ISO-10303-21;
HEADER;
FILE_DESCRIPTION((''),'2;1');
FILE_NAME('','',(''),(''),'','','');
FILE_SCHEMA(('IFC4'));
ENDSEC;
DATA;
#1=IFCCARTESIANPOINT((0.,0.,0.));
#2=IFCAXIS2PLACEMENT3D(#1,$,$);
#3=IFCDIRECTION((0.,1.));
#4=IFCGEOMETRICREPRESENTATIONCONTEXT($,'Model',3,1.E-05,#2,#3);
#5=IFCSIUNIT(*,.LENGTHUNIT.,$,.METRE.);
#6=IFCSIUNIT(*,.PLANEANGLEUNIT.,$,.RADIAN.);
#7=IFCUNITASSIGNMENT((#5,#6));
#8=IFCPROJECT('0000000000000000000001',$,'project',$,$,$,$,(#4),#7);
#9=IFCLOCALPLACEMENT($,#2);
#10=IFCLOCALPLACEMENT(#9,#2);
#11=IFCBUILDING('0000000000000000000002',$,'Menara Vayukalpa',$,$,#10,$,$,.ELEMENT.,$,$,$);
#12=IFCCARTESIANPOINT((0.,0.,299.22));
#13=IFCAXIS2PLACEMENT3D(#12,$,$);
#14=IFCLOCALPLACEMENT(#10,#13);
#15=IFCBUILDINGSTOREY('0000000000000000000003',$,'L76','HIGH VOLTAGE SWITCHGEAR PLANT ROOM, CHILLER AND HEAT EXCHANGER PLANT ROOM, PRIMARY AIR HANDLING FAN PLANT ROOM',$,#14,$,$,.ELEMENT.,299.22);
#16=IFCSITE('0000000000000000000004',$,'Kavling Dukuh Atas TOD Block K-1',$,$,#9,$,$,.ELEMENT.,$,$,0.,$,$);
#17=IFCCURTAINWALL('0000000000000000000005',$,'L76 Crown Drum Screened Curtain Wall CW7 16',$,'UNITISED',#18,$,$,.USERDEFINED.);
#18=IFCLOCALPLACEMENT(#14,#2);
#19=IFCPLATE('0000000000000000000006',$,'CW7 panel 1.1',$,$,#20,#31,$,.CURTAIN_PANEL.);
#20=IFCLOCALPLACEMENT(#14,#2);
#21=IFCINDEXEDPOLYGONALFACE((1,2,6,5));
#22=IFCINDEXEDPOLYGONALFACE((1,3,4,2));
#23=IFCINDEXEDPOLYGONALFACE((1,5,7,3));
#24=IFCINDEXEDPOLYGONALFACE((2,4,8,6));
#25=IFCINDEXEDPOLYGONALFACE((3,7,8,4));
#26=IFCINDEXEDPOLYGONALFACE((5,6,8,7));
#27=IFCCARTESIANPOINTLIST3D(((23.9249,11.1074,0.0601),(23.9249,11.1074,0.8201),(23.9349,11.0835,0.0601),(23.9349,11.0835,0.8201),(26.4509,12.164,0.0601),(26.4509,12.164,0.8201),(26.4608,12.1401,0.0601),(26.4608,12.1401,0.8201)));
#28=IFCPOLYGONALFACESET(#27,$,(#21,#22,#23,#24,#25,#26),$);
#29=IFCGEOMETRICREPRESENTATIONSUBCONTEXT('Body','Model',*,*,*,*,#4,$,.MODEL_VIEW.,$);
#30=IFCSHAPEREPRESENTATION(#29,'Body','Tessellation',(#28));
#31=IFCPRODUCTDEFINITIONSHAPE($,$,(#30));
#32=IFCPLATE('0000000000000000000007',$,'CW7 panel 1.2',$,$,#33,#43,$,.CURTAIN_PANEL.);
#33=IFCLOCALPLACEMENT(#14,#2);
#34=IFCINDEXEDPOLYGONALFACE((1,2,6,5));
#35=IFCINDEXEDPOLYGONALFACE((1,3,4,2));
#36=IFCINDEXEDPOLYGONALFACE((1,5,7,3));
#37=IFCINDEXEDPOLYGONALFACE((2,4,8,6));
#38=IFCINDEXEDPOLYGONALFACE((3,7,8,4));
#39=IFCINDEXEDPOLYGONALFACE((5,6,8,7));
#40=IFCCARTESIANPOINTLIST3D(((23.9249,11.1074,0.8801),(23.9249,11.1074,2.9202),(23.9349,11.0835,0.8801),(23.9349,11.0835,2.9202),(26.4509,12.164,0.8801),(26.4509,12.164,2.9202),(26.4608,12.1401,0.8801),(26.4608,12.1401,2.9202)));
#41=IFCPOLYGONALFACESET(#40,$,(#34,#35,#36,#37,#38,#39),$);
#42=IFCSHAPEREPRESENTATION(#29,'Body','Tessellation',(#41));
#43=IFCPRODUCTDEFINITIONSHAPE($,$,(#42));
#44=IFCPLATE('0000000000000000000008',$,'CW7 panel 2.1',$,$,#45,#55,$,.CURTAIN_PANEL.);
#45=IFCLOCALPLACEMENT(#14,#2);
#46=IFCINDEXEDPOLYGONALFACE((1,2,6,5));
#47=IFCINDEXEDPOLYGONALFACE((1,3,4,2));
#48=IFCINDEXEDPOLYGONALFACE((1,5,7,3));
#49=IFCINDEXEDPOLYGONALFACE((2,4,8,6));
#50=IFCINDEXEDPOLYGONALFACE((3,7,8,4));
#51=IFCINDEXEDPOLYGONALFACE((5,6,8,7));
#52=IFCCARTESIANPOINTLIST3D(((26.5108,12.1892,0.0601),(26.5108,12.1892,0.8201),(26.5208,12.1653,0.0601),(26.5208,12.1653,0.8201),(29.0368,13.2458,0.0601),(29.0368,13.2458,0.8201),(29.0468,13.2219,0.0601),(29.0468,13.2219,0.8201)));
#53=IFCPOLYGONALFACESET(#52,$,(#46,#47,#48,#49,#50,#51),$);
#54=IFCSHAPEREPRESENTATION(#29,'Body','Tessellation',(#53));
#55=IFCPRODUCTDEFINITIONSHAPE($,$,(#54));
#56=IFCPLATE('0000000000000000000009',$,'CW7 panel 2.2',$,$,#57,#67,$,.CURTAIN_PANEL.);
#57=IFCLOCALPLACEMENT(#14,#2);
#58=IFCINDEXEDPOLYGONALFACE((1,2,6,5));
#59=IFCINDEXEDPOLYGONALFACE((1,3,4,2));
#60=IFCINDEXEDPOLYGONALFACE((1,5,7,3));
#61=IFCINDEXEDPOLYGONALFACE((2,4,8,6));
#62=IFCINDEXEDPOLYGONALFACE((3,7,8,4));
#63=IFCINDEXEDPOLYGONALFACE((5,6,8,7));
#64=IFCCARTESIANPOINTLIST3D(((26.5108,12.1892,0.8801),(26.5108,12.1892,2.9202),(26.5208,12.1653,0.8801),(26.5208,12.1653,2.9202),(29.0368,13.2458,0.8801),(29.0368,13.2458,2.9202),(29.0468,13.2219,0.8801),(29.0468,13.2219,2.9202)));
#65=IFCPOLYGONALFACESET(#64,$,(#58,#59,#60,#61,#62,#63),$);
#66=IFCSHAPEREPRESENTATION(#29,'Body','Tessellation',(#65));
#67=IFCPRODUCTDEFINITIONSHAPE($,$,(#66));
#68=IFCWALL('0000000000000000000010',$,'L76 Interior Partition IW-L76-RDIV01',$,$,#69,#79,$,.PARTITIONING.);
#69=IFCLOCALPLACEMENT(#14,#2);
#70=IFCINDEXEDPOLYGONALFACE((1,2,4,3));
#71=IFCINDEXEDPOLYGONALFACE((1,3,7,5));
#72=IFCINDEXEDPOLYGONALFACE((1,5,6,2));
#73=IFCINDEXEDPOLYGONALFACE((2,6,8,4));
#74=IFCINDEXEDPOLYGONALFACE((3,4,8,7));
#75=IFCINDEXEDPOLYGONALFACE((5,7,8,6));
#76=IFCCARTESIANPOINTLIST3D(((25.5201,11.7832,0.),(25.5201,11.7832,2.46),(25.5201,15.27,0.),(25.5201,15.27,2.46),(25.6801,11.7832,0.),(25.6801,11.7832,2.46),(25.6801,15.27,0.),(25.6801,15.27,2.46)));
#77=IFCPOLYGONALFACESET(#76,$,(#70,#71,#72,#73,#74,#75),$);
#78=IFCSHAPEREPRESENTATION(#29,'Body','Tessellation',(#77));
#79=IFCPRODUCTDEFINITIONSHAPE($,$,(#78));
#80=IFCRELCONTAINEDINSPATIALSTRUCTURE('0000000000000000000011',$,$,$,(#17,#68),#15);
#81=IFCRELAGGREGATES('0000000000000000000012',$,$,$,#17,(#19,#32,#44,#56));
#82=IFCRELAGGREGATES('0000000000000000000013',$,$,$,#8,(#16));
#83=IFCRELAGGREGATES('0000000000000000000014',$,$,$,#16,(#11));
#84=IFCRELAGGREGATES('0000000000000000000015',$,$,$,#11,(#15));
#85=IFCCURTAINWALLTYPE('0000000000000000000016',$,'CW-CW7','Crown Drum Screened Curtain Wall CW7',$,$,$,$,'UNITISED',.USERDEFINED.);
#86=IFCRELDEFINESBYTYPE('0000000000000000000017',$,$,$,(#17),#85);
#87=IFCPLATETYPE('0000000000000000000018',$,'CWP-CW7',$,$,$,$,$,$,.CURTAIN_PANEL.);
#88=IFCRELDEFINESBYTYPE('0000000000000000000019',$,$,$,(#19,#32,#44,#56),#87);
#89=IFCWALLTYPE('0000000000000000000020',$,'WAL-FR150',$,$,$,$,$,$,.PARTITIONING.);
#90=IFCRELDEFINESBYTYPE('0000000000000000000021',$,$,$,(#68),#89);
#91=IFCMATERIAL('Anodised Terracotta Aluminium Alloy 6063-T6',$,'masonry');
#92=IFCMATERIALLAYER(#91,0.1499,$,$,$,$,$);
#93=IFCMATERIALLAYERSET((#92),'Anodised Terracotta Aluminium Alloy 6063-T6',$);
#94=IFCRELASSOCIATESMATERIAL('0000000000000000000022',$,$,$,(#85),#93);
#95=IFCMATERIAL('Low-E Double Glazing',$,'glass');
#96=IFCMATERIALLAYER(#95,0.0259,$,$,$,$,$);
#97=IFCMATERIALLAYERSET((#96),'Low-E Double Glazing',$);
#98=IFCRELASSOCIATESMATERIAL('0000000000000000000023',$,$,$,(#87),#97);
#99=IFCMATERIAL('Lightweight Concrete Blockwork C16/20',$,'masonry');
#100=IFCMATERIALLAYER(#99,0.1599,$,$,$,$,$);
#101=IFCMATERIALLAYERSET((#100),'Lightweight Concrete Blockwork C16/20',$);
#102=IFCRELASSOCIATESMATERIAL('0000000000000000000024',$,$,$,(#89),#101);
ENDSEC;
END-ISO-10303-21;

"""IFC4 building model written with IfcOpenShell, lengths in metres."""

from ifc_helpers import new_model, si_unit, direction, frame, frame_2d, origin, origin_2d, place, context, subcontext, project, spatial, rectangle, extrude, material, layer, layer_set, type_object, element, aggregate, save


model = new_model("IFC4")

# Units and contexts
model_context = context("Model", 3, precision=1e-05, world=origin(), true_north=direction((0.0, 1.0)))
body_context = subcontext(model_context, "Body", "Model", "MODEL_VIEW")
ifc_project = project(units=[si_unit("LENGTHUNIT", "METRE"), si_unit("PLANEANGLEUNIT", "RADIAN")], contexts=[model_context])

# Site, building, storey
site_placement = place(None, origin())
site = spatial("IfcSite", under=ifc_project, at=site_placement, Name="Kavling Dukuh Atas TOD Block K-1", CompositionType="ELEMENT", RefElevation=0.0)
building_placement = place(site_placement, origin())
building = spatial("IfcBuilding", under=site, at=building_placement, Name="Menara Vayukalpa", CompositionType="ELEMENT")
storey_placement = place(building_placement, frame((0.0, 0.0, 299.22)))
storey = spatial("IfcBuildingStorey", under=building, at=storey_placement, Name="L76", Description="HIGH VOLTAGE SWITCHGEAR PLANT ROOM, CHILLER AND HEAT EXCHANGER PLANT ROOM, PRIMARY AIR HANDLING FAN PLANT ROOM", CompositionType="ELEMENT", Elevation=299.22)

# Curtain wall
ifc_material_1 = material(Name="Anodised Terracotta Aluminium Alloy 6063-T6", Category="masonry")
ifc_layer_1 = layer(ifc_material_1, 0.1499)
ifc_layer_set_1 = layer_set([ifc_layer_1], Name="Anodised Terracotta Aluminium Alloy 6063-T6")
curtain_wall_type = type_object("IfcCurtainWallType", Name="CW-CW7", Description="Crown Drum Screened Curtain Wall CW7", ElementType="UNITISED", PredefinedType="USERDEFINED", material=ifc_layer_set_1)
curtain_wall_1_placement = place(storey_placement, origin())
curtain_wall_1 = element("IfcCurtainWall", 1, at=curtain_wall_1_placement, inside=storey, type_object=curtain_wall_type, Name="L76 Crown Drum Screened Curtain Wall CW7 16", ObjectType="UNITISED", PredefinedType="USERDEFINED")

# Plates
ifc_material_2 = material(Name="Low-E Double Glazing", Category="glass")
ifc_layer_2 = layer(ifc_material_2, 0.0259)
ifc_layer_set_2 = layer_set([ifc_layer_2], Name="Low-E Double Glazing")
plate_type = type_object("IfcPlateType", Name="CWP-CW7", PredefinedType="CURTAIN_PANEL", material=ifc_layer_set_2)
plate_1_placement = place(storey_placement, frame((25.1929, 11.6238, 0.0601), z_axis=(0.0, 0.0, 1.0), x_axis=(0.922541, 0.385898, 0.0)))
plate_1 = element("IfcPlate", 2, at=plate_1_placement, type_object=plate_type, Name="CW7 panel 1.1", PredefinedType="CURTAIN_PANEL", context=body_context, shape_type="SweptSolid", body=[
    extrude(rectangle(XDim=2.738, YDim=0.0259, at=origin_2d()), origin(), (0.0, 0.0, 1.0), 0.76),
])
plate_2_placement = place(storey_placement, frame((25.1929, 11.6238, 0.8801), z_axis=(0.0, 0.0, 1.0), x_axis=(0.922541, 0.385898, 0.0)))
plate_2 = element("IfcPlate", 3, at=plate_2_placement, type_object=plate_type, Name="CW7 panel 1.2", PredefinedType="CURTAIN_PANEL", context=body_context, shape_type="SweptSolid", body=[
    extrude(rectangle(XDim=2.738, YDim=0.0259, at=origin_2d()), origin(), (0.0, 0.0, 1.0), 2.04),
])
plate_3_placement = place(storey_placement, frame((27.7788, 12.7056, 0.0601), z_axis=(0.0, 0.0, 1.0), x_axis=(0.922541, 0.385898, 0.0)))
plate_3 = element("IfcPlate", 4, at=plate_3_placement, type_object=plate_type, Name="CW7 panel 2.1", PredefinedType="CURTAIN_PANEL", context=body_context, shape_type="SweptSolid", body=[
    extrude(rectangle(XDim=2.738, YDim=0.0259, at=origin_2d()), origin(), (0.0, 0.0, 1.0), 0.76),
])
plate_4_placement = place(storey_placement, frame((27.7788, 12.7056, 0.8801), z_axis=(0.0, 0.0, 1.0), x_axis=(0.922541, 0.385898, 0.0)))
plate_4 = element("IfcPlate", 5, at=plate_4_placement, type_object=plate_type, Name="CW7 panel 2.2", PredefinedType="CURTAIN_PANEL", context=body_context, shape_type="SweptSolid", body=[
    extrude(rectangle(XDim=2.738, YDim=0.0259, at=origin_2d()), origin(), (0.0, 0.0, 1.0), 2.04),
])
aggregate(curtain_wall_1, [plate_1, plate_2, plate_3, plate_4])

# Wall
ifc_material_3 = material(Name="Lightweight Concrete Blockwork C16/20", Category="masonry")
ifc_layer_3 = layer(ifc_material_3, 0.1599)
ifc_layer_set_3 = layer_set([ifc_layer_3], Name="Lightweight Concrete Blockwork C16/20")
wall_type = type_object("IfcWallType", Name="WAL-FR150", PredefinedType="PARTITIONING", material=ifc_layer_set_3)
wall_placement = place(storey_placement, frame((25.6001, 11.7832, 0.0), z_axis=(0.0, 0.0, 1.0), x_axis=(0.0, 1.0, 0.0)))
element("IfcWall", 6, at=wall_placement, inside=storey, type_object=wall_type, Name="L76 Interior Partition IW-L76-RDIV01", PredefinedType="PARTITIONING", context=body_context, shape_type="SweptSolid", body=[
    extrude(rectangle(XDim=3.4868, YDim=0.1599, at=frame_2d((1.7434, 0.0))), origin(), (0.0, 0.0, 1.0), 2.46),
])

save(model, "model.ifc")
